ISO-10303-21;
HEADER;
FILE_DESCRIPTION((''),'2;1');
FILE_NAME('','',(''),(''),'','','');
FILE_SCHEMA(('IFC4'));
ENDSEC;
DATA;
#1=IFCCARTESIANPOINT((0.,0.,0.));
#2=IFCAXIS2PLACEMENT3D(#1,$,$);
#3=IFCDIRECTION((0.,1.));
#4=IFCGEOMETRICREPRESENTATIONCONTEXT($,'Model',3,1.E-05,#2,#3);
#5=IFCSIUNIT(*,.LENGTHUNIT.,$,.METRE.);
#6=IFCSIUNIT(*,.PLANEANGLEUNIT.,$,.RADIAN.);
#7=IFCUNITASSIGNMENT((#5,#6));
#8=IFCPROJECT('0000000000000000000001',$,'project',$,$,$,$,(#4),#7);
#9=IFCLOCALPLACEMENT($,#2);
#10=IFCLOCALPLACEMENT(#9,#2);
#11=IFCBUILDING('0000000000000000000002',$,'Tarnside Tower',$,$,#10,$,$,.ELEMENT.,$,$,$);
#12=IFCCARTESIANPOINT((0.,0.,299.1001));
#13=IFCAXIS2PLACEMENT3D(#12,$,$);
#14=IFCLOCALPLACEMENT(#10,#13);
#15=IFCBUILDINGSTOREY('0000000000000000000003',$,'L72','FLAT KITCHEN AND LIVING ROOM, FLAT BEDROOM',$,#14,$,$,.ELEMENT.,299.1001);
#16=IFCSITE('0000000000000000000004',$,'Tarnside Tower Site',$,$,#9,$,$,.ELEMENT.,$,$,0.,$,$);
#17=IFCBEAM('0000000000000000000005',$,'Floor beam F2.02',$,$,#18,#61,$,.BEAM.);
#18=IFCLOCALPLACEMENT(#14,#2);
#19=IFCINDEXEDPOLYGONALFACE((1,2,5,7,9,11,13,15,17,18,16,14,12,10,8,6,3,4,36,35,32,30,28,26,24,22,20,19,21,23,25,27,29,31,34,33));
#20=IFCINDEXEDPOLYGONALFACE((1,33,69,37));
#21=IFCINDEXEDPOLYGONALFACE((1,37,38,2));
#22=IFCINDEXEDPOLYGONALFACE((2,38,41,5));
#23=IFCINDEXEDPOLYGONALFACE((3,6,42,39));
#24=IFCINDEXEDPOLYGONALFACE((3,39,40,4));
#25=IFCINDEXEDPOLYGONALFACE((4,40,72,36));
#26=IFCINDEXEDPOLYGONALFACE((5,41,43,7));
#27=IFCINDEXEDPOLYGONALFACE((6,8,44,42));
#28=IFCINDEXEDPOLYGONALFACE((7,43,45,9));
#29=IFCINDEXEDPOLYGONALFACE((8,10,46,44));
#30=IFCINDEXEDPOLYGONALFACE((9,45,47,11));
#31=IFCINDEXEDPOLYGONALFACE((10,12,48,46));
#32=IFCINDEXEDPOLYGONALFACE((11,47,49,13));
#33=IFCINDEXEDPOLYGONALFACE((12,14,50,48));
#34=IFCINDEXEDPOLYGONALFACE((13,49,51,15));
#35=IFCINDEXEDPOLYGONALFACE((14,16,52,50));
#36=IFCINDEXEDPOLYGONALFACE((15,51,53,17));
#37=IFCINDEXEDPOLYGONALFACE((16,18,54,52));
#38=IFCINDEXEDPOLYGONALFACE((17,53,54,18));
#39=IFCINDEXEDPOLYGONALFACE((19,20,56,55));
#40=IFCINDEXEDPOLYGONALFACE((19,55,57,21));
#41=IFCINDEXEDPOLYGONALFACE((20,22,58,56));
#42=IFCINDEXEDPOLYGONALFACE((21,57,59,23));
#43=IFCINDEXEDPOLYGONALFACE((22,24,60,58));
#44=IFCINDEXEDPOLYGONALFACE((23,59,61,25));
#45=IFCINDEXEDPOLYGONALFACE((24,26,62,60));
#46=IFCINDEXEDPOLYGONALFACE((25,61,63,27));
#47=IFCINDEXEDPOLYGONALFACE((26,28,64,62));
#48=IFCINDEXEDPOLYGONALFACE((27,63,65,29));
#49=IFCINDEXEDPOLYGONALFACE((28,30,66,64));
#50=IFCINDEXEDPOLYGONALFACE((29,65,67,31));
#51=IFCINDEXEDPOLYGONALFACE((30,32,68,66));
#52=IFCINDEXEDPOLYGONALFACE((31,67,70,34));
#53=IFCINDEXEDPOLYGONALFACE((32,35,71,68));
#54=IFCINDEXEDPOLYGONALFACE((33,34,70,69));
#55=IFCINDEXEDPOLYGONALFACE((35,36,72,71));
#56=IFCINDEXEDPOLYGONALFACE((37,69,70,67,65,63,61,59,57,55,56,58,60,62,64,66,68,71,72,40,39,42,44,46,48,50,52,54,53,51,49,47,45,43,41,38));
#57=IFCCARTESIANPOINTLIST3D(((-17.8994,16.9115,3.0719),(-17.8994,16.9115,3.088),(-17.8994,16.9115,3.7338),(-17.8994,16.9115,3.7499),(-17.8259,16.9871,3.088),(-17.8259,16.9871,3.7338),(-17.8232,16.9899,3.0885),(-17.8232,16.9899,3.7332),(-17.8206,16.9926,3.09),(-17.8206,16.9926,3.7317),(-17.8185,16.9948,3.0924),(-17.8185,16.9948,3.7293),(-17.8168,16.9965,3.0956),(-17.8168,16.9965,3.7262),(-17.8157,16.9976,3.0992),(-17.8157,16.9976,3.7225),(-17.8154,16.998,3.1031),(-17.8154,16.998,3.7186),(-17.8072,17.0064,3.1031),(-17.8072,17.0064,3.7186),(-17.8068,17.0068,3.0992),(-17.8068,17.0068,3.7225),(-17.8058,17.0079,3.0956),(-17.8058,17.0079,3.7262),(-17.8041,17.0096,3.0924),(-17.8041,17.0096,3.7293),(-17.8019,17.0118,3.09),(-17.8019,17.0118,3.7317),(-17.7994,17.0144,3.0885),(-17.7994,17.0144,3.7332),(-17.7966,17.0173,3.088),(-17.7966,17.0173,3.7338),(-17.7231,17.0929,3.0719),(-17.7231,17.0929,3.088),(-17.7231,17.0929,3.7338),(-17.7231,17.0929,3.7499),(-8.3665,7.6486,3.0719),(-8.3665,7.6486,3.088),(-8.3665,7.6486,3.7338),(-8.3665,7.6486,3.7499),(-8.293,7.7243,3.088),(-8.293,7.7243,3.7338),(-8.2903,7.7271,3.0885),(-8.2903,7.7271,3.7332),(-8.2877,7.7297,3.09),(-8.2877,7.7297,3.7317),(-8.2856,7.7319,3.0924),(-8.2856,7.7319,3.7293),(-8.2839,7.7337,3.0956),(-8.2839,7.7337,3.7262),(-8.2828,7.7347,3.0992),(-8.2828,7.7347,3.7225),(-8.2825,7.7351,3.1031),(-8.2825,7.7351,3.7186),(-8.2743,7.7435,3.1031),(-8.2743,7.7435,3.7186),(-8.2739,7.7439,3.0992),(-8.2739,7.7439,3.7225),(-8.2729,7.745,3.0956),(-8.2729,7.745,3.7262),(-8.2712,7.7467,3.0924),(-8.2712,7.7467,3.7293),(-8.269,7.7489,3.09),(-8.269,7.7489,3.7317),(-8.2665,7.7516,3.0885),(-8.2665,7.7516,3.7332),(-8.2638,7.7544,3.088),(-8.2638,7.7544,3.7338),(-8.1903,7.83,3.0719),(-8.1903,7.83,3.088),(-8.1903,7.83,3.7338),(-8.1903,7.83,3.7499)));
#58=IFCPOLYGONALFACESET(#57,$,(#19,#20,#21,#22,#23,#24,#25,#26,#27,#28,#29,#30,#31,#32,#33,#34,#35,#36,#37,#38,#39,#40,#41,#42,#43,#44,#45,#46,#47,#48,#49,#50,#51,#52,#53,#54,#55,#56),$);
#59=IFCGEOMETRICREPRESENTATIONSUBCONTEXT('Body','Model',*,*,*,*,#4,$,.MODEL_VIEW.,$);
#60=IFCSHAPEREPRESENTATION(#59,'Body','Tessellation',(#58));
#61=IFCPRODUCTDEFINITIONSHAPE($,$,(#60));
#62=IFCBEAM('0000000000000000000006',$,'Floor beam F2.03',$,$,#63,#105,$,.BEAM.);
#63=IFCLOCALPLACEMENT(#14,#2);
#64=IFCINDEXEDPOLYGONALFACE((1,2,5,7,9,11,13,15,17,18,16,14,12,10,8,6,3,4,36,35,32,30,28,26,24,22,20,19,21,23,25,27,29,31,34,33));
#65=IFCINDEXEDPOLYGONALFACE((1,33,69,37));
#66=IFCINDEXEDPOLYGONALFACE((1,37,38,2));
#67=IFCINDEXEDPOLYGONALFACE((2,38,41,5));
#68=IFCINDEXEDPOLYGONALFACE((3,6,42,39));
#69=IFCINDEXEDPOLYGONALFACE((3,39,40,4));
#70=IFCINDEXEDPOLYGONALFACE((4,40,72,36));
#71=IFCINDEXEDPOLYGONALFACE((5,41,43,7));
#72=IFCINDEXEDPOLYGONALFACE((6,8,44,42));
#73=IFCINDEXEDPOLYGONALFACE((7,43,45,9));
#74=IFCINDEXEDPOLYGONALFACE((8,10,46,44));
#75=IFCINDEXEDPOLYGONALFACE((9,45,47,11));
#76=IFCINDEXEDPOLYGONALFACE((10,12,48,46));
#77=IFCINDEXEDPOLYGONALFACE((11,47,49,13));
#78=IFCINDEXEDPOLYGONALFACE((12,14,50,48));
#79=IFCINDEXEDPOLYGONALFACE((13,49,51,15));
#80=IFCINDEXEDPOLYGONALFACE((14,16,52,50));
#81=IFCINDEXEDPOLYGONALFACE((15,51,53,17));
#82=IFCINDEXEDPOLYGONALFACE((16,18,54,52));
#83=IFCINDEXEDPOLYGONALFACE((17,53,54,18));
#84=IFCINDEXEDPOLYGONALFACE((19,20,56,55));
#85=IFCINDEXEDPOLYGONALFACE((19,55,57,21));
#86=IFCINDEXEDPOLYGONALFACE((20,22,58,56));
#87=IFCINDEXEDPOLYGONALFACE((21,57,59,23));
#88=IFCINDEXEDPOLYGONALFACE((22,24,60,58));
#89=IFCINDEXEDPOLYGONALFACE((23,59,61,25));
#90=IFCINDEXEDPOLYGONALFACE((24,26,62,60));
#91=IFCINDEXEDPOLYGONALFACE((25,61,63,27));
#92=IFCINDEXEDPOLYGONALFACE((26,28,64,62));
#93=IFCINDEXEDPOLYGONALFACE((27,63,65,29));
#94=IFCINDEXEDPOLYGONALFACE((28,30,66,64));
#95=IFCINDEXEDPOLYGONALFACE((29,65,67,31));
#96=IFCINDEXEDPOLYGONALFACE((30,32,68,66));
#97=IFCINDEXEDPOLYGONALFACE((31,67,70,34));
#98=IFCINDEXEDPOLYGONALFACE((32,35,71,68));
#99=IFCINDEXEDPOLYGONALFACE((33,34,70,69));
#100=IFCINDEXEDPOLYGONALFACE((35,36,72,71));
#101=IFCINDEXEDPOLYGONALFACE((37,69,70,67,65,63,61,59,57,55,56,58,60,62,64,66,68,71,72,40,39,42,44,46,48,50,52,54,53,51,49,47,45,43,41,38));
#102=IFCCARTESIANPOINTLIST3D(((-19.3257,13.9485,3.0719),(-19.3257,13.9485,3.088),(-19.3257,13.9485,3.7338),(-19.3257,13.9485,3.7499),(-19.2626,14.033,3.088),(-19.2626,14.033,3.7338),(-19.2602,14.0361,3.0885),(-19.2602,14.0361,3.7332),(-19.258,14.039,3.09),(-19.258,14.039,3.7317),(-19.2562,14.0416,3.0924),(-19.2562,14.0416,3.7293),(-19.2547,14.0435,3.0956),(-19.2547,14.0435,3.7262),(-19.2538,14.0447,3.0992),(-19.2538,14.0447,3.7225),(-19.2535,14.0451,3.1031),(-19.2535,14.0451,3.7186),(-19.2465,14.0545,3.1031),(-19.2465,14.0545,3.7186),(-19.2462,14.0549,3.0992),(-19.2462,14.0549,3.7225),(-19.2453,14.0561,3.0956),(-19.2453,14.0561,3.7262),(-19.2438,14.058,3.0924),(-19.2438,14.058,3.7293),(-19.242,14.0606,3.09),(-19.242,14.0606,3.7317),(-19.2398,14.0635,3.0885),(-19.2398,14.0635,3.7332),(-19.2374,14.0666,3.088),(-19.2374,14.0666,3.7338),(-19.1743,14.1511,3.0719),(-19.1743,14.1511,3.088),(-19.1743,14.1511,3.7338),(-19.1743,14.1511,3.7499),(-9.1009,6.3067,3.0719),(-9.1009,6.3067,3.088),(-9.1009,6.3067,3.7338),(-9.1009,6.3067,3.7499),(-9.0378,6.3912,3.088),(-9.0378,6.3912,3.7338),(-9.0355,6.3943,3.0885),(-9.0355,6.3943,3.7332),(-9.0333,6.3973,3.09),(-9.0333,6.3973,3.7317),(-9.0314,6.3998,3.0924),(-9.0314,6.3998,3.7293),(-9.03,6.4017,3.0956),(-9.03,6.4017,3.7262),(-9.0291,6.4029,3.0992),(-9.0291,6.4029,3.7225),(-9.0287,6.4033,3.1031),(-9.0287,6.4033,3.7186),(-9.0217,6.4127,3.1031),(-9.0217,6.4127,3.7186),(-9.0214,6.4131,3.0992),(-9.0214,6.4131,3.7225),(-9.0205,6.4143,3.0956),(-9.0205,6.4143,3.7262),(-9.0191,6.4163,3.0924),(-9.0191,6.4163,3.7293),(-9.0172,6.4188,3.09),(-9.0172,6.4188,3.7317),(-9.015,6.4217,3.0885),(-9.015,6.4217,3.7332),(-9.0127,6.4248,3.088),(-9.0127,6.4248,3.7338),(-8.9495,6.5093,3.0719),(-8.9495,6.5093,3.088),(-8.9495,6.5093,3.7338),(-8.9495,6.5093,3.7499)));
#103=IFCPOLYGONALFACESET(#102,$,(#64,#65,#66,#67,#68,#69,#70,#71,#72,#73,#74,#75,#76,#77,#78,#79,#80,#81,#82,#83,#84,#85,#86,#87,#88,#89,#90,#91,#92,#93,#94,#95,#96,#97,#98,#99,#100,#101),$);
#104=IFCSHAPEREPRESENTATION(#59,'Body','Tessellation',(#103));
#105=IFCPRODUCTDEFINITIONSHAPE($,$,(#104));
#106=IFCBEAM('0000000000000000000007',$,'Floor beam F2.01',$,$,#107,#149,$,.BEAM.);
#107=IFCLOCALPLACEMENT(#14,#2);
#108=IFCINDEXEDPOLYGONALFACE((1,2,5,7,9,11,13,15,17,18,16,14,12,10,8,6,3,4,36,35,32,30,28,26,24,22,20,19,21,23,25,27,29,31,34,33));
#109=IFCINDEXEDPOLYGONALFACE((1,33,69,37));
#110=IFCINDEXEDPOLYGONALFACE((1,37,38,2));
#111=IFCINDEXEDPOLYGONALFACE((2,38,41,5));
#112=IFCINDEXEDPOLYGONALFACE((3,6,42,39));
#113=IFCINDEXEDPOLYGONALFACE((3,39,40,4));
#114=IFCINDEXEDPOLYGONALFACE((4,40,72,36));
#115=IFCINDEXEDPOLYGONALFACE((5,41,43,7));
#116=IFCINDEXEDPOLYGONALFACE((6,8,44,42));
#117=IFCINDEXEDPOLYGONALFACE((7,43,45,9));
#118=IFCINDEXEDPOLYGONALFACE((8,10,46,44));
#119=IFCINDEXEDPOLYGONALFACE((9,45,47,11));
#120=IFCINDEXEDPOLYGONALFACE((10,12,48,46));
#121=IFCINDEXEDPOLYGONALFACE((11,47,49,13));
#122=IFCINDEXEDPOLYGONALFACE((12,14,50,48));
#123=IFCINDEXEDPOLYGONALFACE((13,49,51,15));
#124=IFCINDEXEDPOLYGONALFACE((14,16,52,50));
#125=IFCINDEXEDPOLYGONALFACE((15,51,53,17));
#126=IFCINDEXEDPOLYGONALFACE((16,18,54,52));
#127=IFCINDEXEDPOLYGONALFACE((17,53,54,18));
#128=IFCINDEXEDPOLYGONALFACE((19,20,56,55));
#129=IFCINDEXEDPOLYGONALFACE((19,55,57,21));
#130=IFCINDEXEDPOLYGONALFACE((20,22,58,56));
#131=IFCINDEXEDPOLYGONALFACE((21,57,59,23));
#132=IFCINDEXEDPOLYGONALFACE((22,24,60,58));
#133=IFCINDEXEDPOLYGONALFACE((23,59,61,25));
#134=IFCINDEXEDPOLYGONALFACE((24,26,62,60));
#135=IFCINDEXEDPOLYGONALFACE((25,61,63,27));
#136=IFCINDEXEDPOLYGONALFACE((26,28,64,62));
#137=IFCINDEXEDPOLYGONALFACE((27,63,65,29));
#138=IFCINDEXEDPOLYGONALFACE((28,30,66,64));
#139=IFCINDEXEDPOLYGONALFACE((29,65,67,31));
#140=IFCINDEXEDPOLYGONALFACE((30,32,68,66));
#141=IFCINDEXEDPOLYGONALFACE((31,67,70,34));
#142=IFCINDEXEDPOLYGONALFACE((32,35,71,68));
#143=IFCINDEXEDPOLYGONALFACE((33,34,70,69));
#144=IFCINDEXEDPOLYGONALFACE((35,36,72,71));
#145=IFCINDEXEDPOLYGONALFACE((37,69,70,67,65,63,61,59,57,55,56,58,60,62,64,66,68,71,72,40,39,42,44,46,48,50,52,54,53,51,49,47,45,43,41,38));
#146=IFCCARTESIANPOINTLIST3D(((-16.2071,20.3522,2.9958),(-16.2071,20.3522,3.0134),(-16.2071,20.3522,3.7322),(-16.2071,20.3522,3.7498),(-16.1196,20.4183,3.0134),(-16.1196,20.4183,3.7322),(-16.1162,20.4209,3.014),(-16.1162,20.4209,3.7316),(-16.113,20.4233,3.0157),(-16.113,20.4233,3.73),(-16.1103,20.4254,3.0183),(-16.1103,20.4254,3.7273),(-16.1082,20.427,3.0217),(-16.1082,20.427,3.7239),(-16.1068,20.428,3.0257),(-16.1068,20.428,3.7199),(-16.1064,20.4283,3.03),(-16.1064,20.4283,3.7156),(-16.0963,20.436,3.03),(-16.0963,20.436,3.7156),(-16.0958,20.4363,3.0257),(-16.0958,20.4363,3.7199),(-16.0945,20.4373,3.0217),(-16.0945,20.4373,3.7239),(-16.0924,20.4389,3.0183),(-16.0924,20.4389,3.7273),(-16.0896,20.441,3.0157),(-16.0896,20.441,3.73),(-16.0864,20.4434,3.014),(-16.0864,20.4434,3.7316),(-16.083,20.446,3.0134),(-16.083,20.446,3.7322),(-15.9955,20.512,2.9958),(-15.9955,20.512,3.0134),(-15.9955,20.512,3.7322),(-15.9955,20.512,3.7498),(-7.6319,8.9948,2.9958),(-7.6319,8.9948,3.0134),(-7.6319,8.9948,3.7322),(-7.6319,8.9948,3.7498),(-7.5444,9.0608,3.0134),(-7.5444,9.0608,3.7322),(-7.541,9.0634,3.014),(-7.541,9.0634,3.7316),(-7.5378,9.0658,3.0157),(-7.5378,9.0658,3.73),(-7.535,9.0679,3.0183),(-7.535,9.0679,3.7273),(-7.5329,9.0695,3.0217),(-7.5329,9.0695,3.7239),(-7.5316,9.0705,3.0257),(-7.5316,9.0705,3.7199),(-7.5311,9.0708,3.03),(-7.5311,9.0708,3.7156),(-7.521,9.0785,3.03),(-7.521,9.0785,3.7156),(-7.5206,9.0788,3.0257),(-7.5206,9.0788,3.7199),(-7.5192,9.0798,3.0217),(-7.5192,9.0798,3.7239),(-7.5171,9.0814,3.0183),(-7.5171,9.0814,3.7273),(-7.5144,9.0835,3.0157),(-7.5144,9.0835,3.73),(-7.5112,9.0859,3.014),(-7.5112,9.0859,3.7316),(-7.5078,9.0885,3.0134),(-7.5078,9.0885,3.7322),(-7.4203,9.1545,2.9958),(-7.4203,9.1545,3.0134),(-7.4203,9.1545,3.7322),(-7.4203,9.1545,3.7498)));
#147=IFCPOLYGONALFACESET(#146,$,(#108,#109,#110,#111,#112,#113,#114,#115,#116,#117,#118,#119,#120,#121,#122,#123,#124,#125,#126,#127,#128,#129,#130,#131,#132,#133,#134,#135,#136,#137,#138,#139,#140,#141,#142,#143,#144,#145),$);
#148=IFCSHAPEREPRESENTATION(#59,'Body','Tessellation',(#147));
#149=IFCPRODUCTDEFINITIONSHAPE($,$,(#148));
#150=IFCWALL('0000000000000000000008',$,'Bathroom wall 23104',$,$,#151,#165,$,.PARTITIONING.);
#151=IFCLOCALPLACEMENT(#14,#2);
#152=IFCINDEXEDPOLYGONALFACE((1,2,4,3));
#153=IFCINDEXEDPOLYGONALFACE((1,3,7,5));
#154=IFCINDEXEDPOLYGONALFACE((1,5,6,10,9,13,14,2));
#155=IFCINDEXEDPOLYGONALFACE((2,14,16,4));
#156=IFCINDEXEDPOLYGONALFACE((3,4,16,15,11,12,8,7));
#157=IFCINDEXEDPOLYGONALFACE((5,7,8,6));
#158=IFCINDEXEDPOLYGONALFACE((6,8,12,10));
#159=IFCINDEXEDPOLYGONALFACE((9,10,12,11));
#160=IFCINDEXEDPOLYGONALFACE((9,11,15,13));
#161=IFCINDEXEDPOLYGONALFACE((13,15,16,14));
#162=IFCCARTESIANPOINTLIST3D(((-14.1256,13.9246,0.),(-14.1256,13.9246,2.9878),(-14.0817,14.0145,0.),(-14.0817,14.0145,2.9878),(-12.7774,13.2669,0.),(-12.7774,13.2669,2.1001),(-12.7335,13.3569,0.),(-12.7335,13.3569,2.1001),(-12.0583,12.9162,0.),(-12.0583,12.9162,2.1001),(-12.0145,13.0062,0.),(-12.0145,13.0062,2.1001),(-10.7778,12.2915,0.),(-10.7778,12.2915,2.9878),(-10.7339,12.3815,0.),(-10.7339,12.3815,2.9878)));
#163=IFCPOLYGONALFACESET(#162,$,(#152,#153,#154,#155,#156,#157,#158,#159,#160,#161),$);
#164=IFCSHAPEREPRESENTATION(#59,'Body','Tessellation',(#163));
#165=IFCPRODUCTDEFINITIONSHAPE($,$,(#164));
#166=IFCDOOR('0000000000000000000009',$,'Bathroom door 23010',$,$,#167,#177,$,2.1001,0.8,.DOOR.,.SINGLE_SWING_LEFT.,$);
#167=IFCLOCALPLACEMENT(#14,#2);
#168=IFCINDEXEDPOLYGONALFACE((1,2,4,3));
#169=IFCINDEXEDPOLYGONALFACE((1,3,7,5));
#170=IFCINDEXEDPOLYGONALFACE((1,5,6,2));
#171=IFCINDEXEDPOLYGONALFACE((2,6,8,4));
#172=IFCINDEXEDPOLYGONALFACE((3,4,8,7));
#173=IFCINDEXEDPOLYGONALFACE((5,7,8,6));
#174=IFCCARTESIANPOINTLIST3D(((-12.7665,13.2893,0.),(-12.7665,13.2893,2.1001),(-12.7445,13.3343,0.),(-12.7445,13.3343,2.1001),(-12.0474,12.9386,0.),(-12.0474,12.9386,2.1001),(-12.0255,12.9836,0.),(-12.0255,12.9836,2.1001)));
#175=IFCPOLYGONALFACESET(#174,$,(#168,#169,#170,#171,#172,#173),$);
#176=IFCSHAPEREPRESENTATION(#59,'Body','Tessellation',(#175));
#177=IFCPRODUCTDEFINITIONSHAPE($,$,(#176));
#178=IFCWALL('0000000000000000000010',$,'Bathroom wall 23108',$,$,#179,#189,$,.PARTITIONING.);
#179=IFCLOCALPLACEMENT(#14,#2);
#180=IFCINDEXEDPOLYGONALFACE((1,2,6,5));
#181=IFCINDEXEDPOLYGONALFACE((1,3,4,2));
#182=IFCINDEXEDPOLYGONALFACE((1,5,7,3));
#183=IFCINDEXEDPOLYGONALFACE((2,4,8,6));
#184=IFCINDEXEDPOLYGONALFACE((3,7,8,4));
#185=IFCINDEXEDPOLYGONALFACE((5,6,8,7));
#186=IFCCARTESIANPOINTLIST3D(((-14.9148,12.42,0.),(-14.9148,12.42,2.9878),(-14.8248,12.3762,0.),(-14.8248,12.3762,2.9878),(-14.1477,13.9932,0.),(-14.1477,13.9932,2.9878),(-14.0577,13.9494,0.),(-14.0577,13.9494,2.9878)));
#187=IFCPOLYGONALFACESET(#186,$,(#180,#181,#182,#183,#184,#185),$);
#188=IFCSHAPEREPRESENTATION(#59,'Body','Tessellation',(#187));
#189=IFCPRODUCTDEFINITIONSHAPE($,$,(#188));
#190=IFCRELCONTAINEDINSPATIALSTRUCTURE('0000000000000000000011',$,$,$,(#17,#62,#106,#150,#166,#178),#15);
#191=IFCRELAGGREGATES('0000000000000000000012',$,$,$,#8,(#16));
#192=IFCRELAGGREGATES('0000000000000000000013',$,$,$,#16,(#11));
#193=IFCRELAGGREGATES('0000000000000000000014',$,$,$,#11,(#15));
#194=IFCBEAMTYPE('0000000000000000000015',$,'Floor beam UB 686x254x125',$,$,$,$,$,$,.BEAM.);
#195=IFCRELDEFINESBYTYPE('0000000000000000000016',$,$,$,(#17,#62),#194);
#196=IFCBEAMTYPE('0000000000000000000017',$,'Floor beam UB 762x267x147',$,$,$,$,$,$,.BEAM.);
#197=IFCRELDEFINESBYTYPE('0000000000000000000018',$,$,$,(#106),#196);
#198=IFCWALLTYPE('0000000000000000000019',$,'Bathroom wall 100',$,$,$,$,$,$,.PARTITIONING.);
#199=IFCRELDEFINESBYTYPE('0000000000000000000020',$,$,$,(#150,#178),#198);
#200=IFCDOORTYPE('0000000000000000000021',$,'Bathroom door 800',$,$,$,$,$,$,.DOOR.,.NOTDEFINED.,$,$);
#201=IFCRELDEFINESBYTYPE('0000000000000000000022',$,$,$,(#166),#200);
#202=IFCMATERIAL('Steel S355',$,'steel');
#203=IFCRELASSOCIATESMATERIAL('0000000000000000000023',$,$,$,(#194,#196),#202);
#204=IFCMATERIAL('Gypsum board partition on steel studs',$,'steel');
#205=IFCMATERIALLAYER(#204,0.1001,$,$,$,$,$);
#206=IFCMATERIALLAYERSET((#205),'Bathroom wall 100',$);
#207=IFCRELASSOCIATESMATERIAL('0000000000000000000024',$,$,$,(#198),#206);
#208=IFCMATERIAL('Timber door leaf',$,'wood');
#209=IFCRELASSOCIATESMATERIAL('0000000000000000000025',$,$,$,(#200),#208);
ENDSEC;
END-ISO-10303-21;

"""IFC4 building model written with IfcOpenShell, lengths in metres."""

from ifc_helpers import new_model, si_unit, direction, frame, frame_2d, origin, origin_2d, place, context, subcontext, project, spatial, rectangle, i_section, extrude, material, layer, layer_set, material_profile, profile_set, type_object, element, fill, save


model = new_model("IFC4")

# Units and contexts
model_context = context("Model", 3, precision=1e-05, world=origin(), true_north=direction((0.0, 1.0)))
body_context = subcontext(model_context, "Body", "Model", "MODEL_VIEW")
ifc_project = project(units=[si_unit("LENGTHUNIT", "METRE"), si_unit("PLANEANGLEUNIT", "RADIAN")], contexts=[model_context])

# Site, building, storey
site_placement = place(None, origin())
site = spatial("IfcSite", under=ifc_project, at=site_placement, Name="Tarnside Tower Site", CompositionType="ELEMENT", RefElevation=0.0)
building_placement = place(site_placement, origin())
building = spatial("IfcBuilding", under=site, at=building_placement, Name="Tarnside Tower", CompositionType="ELEMENT")
storey_placement = place(building_placement, frame((0.0, 0.0, 299.1001)))
storey = spatial("IfcBuildingStorey", under=building, at=storey_placement, Name="L72", Description="FLAT KITCHEN AND LIVING ROOM, FLAT BEDROOM", CompositionType="ELEMENT", Elevation=299.1001)

# Beams
ifc_material_1 = material(Name="Steel S355", Category="steel")
ifc_material_profile_1 = material_profile(ifc_material_1, i_section(OverallWidth=0.2529, OverallDepth=0.678, WebThickness=0.0117, FlangeThickness=0.0161, FilletRadius=0.0151, at=origin_2d()), Name="UB 686x254x125")
ifc_profile_set_1 = profile_set([ifc_material_profile_1], Name="Steel S355")
beam_type_1 = type_object("IfcBeamType", Name="Floor beam UB 686x254x125", PredefinedType="BEAM", material=ifc_profile_set_1)
beam_1_placement = place(storey_placement, frame((-17.8113, 17.0022, 3.4109), z_axis=(0.717191, -0.696877, 0.0), x_axis=(0.696877, 0.717191, 0.0)))
element("IfcBeam", 1, at=beam_1_placement, inside=storey, type_object=beam_type_1, Name="Floor beam F2.02", PredefinedType="BEAM", context=body_context, shape_type="SweptSolid", body=[
    extrude(i_section(OverallWidth=0.2529, OverallDepth=0.678, WebThickness=0.0117, FlangeThickness=0.0161, FilletRadius=0.0151, at=origin_2d()), origin(), (0.0, 0.0, 1.0), 13.292),
])
beam_2_placement = place(storey_placement, frame((-19.25, 14.0498, 3.4109), z_axis=(0.801006, -0.598656, 0.0), x_axis=(0.598656, 0.801006, 0.0)))
element("IfcBeam", 2, at=beam_2_placement, inside=storey, type_object=beam_type_1, Name="Floor beam F2.03", PredefinedType="BEAM", context=body_context, shape_type="SweptSolid", body=[
    extrude(i_section(OverallWidth=0.2529, OverallDepth=0.678, WebThickness=0.0117, FlangeThickness=0.0161, FilletRadius=0.0151, at=origin_2d()), origin(), (0.0, 0.0, 1.0), 12.7649),
])
ifc_material_profile_2 = material_profile(ifc_material_1, i_section(OverallWidth=0.2651, OverallDepth=0.7539, WebThickness=0.0127, FlangeThickness=0.0176, FilletRadius=0.0166, at=origin_2d()), Name="UB 762x267x147")
ifc_profile_set_2 = profile_set([ifc_material_profile_2], Name="Steel S355")
beam_type_2 = type_object("IfcBeamType", Name="Floor beam UB 762x267x147", PredefinedType="BEAM", material=ifc_profile_set_2)
beam_3_placement = place(storey_placement, frame((-16.1013, 20.4321, 3.3728), z_axis=(0.602566, -0.798069, 0.0), x_axis=(0.798069, 0.602566, 0.0)))
element("IfcBeam", 3, at=beam_3_placement, inside=storey, type_object=beam_type_2, Name="Floor beam F2.01", PredefinedType="BEAM", context=body_context, shape_type="SweptSolid", body=[
    extrude(i_section(OverallWidth=0.2651, OverallDepth=0.7539, WebThickness=0.0127, FlangeThickness=0.0176, FilletRadius=0.0166, at=origin_2d()), origin(), (0.0, 0.0, 1.0), 14.2312),
])

# Wall, opening, door
ifc_material_2 = material(Name="Gypsum board partition on steel studs", Category="steel")
ifc_layer_1 = layer(ifc_material_2, 0.1001)
ifc_layer_set_1 = layer_set([ifc_layer_1], Name="Bathroom wall 100")
wall_type_1 = type_object("IfcWallType", Name="Bathroom wall 100", PredefinedType="PARTITIONING", material=ifc_layer_set_1)
wall_1_placement = place(storey_placement, frame((-14.1035, 13.9695, 0.0), z_axis=(0.0, 0.0, 1.0), x_axis=(0.898775, -0.438409, 0.0)))
wall_1 = element("IfcWall", 4, at=wall_1_placement, inside=storey, type_object=wall_type_1, Name="Bathroom wall 23104", PredefinedType="PARTITIONING", context=body_context, shape_type="SweptSolid", body=[
    extrude(rectangle(XDim=3.7249, YDim=0.1001, at=frame_2d((1.8623, 0.0))), origin(), (0.0, 0.0, 1.0), 2.9878),
])
opening_1_placement = place(wall_1_placement, frame((1.5, 0.0, 0.0)))
opening_1 = element("IfcOpeningElement", 5, at=opening_1_placement, cuts=wall_1, PredefinedType="OPENING", context=body_context, shape_type="SweptSolid", body=[
    extrude(rectangle(XDim=0.8, YDim=2.1001, at=frame_2d((0.3999, 1.05))), frame((0.0, 0.0601, 0.0), z_axis=(0.0, -1.0, 0.0), x_axis=(1.0, 0.0, 0.0)), (0.0, 0.0, 1.0), 0.1201),
])
ifc_material_3 = material(Name="Timber door leaf", Category="wood")
door_type_1 = type_object("IfcDoorType", Name="Bathroom door 800", OperationType="NOTDEFINED", PredefinedType="DOOR", material=ifc_material_3)
door_1_placement = place(opening_1_placement, origin())
door_1 = element("IfcDoor", 6, at=door_1_placement, inside=storey, type_object=door_type_1, Name="Bathroom door 23010", OperationType="SINGLE_SWING_LEFT", OverallHeight=2.1001, OverallWidth=0.8, PredefinedType="DOOR", context=body_context, shape_type="SweptSolid", body=[
    extrude(rectangle(XDim=0.8, YDim=2.1001, at=frame_2d((0.3999, 1.05))), frame((0.0, 0.0249, 0.0), z_axis=(0.0, -1.0, 0.0), x_axis=(1.0, 0.0, 0.0)), (0.0, 0.0, 1.0), 0.05),
])
fill(opening_1, door_1)

# Wall
wall_2_placement = place(storey_placement, frame((-14.1028, 13.9712, 0.0), z_axis=(0.0, 0.0, 1.0), x_axis=(-0.438264, -0.898846, 0.0)))
element("IfcWall", 7, at=wall_2_placement, inside=storey, type_object=wall_type_1, Name="Bathroom wall 23108", PredefinedType="PARTITIONING", context=body_context, shape_type="SweptSolid", body=[
    extrude(rectangle(XDim=1.7502, YDim=0.1001, at=frame_2d((0.875, 0.0))), origin(), (0.0, 0.0, 1.0), 2.9878),
])

save(model, "model.ifc")
